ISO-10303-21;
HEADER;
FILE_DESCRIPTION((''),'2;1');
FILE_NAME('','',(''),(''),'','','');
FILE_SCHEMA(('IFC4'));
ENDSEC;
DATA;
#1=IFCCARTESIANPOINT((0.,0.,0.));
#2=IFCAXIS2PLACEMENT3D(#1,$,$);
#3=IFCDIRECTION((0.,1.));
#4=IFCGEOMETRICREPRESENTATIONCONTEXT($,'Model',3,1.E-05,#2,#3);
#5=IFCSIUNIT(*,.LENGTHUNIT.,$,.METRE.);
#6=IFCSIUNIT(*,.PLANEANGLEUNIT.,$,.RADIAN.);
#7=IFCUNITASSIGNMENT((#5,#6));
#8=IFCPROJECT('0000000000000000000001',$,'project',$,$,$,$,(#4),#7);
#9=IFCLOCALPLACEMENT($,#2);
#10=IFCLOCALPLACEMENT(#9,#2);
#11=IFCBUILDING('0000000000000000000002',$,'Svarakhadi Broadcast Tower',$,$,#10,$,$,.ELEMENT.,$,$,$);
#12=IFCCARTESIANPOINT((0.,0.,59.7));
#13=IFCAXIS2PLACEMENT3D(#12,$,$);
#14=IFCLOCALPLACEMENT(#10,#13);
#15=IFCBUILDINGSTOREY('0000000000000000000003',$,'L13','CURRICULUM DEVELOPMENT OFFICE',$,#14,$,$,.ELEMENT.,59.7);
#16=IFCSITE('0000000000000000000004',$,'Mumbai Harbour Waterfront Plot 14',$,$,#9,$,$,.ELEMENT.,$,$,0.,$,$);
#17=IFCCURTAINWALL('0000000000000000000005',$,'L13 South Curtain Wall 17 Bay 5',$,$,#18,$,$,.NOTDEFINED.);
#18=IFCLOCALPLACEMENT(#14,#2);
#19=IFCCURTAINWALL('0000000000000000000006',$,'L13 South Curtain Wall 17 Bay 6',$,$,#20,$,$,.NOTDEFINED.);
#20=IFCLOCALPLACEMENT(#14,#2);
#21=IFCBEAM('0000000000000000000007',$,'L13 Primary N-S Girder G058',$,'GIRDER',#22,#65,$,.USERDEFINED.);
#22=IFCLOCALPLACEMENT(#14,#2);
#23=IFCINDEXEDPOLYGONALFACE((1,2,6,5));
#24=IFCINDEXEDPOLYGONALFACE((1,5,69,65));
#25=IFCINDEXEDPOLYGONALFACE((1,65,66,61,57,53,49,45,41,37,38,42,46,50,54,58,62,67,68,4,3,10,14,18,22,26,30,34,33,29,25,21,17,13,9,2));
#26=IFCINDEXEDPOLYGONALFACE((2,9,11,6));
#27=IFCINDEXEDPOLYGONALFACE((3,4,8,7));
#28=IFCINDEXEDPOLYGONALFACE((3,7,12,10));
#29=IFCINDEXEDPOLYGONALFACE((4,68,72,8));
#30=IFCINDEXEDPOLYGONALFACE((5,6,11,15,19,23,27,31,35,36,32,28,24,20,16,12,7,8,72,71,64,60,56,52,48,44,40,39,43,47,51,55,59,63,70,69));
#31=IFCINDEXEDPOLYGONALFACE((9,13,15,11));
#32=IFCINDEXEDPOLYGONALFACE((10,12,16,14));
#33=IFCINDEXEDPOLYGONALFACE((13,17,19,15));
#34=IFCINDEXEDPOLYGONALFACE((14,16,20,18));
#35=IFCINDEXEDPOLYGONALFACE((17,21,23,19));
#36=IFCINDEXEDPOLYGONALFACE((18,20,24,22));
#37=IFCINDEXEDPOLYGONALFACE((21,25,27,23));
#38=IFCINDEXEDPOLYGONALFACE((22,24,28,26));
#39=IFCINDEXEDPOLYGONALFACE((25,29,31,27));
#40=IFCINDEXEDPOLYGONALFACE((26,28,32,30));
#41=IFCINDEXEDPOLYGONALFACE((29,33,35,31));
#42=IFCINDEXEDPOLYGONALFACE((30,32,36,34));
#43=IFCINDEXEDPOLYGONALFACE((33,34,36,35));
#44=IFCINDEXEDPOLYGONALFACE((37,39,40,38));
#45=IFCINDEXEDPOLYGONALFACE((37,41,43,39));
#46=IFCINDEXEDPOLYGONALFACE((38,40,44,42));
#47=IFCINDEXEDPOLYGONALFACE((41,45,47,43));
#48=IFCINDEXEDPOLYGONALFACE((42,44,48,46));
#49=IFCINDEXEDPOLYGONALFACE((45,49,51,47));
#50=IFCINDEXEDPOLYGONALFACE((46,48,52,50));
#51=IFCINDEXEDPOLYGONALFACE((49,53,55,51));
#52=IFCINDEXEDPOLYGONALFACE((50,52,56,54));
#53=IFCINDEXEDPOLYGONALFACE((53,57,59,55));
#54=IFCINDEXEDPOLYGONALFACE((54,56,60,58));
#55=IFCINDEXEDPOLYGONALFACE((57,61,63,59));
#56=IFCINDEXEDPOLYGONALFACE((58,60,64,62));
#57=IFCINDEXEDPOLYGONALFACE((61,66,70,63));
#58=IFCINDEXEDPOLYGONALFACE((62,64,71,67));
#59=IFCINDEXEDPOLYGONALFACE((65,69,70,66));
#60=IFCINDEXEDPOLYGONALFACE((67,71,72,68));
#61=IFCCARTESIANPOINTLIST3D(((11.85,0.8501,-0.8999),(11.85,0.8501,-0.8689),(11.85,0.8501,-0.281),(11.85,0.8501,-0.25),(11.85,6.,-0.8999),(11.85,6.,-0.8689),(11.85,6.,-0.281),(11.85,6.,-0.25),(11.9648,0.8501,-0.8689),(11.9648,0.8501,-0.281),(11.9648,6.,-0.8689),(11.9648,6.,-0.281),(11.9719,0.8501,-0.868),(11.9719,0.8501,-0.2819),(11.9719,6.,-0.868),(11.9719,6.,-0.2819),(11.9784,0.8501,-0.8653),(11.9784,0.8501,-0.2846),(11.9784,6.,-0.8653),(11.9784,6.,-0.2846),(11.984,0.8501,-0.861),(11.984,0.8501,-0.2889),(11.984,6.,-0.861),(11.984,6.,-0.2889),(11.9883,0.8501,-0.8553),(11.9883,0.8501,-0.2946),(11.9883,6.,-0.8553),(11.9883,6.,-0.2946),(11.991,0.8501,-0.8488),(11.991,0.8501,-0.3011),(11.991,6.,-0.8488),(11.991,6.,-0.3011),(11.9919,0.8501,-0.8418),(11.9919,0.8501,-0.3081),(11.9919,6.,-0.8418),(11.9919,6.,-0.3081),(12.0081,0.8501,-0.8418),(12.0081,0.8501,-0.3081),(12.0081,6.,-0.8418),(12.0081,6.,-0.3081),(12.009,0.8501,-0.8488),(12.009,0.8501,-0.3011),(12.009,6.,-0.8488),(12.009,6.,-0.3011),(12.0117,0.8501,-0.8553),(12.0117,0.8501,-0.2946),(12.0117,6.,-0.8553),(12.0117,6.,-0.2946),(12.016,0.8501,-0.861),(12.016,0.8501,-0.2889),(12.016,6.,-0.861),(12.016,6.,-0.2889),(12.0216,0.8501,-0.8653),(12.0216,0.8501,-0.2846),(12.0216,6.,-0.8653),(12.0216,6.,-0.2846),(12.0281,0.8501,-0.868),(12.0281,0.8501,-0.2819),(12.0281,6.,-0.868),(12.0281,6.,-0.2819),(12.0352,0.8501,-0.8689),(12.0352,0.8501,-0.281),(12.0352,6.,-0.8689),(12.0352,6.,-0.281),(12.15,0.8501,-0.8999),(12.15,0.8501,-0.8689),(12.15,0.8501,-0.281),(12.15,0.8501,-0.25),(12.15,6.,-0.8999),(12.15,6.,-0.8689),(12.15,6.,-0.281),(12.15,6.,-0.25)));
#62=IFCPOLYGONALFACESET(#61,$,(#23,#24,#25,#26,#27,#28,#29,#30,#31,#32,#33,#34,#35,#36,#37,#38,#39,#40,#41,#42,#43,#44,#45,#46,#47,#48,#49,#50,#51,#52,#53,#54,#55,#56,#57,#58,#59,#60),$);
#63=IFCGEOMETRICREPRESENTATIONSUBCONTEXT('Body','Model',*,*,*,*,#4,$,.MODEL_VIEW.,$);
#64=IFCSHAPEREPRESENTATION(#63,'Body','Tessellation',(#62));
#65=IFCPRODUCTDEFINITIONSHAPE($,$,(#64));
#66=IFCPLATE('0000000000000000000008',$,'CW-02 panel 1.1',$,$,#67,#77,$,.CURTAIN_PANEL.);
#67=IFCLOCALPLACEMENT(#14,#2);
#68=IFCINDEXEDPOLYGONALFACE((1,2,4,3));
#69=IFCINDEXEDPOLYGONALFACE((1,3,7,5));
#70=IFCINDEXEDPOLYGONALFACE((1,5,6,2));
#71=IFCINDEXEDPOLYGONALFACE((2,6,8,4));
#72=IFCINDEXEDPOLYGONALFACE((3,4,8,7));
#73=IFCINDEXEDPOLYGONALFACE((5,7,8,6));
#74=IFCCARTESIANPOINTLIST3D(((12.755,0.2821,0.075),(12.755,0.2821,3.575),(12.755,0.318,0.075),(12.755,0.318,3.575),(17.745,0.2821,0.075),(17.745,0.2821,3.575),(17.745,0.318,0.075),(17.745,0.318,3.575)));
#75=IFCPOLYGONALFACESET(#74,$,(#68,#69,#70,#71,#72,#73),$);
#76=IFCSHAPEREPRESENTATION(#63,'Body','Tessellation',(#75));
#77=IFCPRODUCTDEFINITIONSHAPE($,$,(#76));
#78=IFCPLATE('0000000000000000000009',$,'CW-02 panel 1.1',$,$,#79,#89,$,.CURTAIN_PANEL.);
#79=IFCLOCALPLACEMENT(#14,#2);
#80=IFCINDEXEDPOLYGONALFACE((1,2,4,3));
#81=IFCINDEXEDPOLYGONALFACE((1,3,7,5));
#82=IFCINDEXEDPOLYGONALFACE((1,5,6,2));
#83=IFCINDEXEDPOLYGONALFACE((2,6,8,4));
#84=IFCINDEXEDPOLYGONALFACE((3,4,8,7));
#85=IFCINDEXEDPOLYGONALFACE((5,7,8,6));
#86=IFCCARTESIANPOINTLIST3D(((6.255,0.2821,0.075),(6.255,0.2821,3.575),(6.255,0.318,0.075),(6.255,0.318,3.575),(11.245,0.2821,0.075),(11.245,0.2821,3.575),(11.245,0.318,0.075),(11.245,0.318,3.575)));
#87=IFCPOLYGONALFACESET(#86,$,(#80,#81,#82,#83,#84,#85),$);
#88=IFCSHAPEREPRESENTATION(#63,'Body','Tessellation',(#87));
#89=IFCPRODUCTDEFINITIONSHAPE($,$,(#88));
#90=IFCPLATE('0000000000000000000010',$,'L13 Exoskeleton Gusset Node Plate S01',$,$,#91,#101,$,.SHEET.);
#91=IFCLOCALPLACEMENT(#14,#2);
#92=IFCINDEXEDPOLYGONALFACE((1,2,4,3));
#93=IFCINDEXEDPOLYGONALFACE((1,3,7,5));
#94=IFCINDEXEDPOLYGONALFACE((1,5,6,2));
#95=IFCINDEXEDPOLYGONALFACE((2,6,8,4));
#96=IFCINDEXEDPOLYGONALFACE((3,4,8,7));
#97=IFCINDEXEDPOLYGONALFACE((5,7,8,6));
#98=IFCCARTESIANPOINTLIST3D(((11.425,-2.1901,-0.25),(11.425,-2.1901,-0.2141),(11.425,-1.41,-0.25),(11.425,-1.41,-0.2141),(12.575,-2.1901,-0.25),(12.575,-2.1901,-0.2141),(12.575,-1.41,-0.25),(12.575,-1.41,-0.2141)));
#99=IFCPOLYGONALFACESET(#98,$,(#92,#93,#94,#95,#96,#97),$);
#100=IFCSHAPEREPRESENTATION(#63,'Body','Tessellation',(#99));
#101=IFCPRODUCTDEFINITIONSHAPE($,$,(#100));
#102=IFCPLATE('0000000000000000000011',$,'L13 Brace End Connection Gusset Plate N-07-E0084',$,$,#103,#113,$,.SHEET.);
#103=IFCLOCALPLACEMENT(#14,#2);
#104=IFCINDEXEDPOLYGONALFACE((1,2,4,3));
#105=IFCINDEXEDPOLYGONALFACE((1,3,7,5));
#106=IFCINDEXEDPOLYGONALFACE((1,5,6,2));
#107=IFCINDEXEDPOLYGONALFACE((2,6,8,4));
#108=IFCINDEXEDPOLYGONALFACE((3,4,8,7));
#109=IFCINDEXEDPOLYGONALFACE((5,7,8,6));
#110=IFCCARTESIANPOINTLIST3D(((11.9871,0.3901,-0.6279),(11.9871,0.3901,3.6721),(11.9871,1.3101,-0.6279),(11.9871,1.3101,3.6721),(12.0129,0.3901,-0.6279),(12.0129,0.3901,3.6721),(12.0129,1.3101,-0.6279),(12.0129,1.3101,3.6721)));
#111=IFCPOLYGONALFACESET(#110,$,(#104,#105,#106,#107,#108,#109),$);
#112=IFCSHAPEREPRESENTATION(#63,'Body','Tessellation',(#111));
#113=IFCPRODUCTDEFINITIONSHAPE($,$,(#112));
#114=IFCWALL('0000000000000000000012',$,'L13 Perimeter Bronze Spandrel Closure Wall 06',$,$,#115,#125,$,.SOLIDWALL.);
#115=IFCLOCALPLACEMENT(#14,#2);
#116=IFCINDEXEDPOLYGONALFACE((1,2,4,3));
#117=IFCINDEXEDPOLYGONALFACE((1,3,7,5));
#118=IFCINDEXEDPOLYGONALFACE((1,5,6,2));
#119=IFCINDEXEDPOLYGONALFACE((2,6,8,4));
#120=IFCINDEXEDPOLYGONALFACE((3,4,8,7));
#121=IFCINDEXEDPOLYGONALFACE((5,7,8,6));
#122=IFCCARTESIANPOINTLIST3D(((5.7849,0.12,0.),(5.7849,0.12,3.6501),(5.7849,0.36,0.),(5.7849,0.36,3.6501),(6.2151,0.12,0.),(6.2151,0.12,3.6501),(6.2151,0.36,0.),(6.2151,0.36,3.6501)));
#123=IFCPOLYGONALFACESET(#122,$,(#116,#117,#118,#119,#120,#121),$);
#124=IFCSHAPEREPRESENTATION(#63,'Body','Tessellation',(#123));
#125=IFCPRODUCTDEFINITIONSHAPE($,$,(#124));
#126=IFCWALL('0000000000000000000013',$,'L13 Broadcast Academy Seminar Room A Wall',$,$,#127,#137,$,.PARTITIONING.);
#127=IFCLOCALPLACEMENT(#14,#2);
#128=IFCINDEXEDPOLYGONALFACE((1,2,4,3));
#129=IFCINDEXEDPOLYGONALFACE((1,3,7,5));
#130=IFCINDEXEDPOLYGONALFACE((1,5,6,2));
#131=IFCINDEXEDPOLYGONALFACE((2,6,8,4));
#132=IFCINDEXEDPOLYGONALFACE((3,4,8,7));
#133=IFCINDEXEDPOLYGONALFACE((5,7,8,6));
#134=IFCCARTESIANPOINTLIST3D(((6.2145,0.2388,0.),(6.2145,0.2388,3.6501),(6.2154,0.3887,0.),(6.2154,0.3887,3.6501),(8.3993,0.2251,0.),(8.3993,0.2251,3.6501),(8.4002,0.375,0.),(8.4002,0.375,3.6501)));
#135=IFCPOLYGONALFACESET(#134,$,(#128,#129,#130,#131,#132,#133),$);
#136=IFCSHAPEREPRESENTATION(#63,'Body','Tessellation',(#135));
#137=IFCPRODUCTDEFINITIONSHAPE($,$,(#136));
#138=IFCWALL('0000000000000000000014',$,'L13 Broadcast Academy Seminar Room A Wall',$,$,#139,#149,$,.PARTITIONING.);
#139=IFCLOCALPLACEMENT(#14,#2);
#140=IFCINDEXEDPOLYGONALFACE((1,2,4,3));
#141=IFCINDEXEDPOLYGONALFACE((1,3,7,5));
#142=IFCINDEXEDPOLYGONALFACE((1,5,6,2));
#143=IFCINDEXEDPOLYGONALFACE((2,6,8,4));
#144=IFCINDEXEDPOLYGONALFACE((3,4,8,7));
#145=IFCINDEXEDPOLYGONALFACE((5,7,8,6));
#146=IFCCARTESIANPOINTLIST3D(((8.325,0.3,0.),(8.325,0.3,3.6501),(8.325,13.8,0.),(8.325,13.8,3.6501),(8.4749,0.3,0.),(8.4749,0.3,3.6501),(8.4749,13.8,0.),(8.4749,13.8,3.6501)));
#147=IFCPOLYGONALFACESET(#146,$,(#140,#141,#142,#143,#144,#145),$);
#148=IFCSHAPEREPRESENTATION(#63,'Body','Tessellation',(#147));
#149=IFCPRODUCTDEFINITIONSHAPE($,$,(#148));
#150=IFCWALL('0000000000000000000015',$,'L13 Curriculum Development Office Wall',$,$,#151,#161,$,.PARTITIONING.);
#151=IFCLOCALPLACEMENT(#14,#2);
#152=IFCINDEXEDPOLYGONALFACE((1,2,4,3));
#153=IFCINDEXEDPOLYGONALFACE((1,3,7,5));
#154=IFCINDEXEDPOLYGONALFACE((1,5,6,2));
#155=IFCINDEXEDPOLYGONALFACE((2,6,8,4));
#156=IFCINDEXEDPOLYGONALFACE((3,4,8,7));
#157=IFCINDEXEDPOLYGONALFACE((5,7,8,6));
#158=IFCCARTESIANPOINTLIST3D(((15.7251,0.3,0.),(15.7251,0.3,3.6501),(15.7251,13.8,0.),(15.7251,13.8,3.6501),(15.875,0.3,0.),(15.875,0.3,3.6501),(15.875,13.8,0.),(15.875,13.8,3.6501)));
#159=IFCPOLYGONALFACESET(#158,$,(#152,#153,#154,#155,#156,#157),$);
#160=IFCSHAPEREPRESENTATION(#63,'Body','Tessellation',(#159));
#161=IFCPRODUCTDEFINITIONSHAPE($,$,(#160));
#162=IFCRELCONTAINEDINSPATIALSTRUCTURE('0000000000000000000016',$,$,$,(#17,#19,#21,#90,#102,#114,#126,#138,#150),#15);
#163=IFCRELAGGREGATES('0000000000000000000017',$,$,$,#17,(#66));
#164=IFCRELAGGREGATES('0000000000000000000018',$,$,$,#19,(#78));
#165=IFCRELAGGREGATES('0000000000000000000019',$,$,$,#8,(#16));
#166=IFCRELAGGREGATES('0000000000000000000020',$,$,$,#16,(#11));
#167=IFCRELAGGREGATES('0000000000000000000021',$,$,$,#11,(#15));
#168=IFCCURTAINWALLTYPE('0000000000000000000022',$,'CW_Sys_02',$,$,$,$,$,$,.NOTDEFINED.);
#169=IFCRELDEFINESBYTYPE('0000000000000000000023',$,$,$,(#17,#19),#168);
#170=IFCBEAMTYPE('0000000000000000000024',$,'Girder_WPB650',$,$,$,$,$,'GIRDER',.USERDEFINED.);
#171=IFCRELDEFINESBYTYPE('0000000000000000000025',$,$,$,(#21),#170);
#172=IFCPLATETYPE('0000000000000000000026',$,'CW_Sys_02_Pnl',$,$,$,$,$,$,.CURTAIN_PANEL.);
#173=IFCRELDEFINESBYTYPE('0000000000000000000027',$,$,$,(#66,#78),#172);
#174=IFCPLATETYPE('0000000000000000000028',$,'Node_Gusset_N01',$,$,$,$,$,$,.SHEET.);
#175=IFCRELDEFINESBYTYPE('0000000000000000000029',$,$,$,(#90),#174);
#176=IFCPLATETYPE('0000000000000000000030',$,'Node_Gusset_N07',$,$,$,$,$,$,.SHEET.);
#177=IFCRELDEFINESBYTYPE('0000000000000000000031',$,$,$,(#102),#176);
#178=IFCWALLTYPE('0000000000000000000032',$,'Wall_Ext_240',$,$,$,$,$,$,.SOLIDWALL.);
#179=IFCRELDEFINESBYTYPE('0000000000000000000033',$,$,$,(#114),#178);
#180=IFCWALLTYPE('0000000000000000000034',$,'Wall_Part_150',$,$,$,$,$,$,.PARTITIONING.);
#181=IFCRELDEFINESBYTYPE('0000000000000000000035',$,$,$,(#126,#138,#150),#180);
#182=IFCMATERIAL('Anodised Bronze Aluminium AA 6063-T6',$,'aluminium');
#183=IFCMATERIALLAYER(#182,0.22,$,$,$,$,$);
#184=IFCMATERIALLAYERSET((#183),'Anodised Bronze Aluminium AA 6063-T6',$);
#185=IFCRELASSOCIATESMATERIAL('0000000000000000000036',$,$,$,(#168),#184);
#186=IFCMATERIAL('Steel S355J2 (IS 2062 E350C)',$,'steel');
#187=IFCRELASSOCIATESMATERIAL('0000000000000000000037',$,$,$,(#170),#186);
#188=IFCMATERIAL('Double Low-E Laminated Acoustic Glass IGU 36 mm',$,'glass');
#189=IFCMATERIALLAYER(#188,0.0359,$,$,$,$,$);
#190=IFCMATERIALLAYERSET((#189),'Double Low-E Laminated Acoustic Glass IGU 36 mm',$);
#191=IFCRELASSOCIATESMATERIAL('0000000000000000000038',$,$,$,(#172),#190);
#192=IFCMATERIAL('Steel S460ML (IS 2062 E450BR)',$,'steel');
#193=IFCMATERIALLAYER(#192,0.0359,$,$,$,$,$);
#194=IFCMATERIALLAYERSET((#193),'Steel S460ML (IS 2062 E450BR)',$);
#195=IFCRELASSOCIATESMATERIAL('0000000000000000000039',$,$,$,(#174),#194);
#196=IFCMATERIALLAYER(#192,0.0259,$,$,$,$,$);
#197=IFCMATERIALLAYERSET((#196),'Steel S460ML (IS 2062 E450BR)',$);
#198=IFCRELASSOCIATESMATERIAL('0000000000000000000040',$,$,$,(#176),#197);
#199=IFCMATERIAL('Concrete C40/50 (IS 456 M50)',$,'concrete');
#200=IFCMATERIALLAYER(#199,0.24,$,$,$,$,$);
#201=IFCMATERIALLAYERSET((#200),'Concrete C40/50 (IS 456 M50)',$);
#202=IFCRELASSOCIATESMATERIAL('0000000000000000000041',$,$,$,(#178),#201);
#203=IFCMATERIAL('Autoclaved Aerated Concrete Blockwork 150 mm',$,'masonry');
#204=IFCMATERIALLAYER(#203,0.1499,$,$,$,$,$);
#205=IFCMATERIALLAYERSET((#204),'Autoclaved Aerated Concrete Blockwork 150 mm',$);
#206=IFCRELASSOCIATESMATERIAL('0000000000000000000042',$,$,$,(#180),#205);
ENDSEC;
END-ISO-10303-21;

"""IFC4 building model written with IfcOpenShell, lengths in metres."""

from ifc_helpers import new_model, si_unit, direction, frame, frame_2d, origin, origin_2d, place, context, subcontext, project, spatial, rectangle, i_section, extrude, material, layer, layer_set, material_profile, profile_set, type_object, element, aggregate, save


model = new_model("IFC4")

# Units and contexts
model_context = context("Model", 3, precision=1e-05, world=origin(), true_north=direction((0.0, 1.0)))
body_context = subcontext(model_context, "Body", "Model", "MODEL_VIEW")
ifc_project = project(units=[si_unit("LENGTHUNIT", "METRE"), si_unit("PLANEANGLEUNIT", "RADIAN")], contexts=[model_context])

# Site, building, storey
site_placement = place(None, origin())
site = spatial("IfcSite", under=ifc_project, at=site_placement, Name="Mumbai Harbour Waterfront Plot 14", CompositionType="ELEMENT", RefElevation=0.0)
building_placement = place(site_placement, origin())
building = spatial("IfcBuilding", under=site, at=building_placement, Name="Svarakhadi Broadcast Tower", CompositionType="ELEMENT")
storey_placement = place(building_placement, frame((0.0, 0.0, 59.7)))
storey = spatial("IfcBuildingStorey", under=building, at=storey_placement, Name="L13", Description="CURRICULUM DEVELOPMENT OFFICE", CompositionType="ELEMENT", Elevation=59.7)

# Shared definitions
ifc_material_1 = material(Name="Steel S460ML (IS 2062 E450BR)", Category="steel")

# Shared definitions
ifc_material_2 = material(Name="Steel S355J2 (IS 2062 E350C)", Category="steel")

# Curtain walls
ifc_material_3 = material(Name="Anodised Bronze Aluminium AA 6063-T6", Category="aluminium")
ifc_layer_1 = layer(ifc_material_3, 0.22)
ifc_layer_set_1 = layer_set([ifc_layer_1], Name="Anodised Bronze Aluminium AA 6063-T6")
curtain_wall_type = type_object("IfcCurtainWallType", Name="CW_Sys_02", PredefinedType="NOTDEFINED", material=ifc_layer_set_1)
curtain_wall_1_placement = place(storey_placement, origin())
curtain_wall_1 = element("IfcCurtainWall", 1, at=curtain_wall_1_placement, inside=storey, type_object=curtain_wall_type, Name="L13 South Curtain Wall 17 Bay 5", PredefinedType="NOTDEFINED")
curtain_wall_2_placement = place(storey_placement, origin())
curtain_wall_2 = element("IfcCurtainWall", 2, at=curtain_wall_2_placement, inside=storey, type_object=curtain_wall_type, Name="L13 South Curtain Wall 17 Bay 6", PredefinedType="NOTDEFINED")

# Beam
ifc_material_profile_1 = material_profile(ifc_material_2, i_section(OverallWidth=0.3, OverallDepth=0.6499, WebThickness=0.0161, FlangeThickness=0.031, FilletRadius=0.0271, at=origin_2d()), Name="WPB 650x300x225")
ifc_profile_set_1 = profile_set([ifc_material_profile_1], Name="Steel S355J2 (IS 2062 E350C)")
beam_type_1 = type_object("IfcBeamType", Name="Girder_WPB650", ElementType="GIRDER", PredefinedType="USERDEFINED", material=ifc_profile_set_1)
beam_1_placement = place(storey_placement, frame((12.0, 0.8501, -0.575), z_axis=(0.0, 1.0, 0.0), x_axis=(-1.0, 0.0, 0.0)))
element("IfcBeam", 3, at=beam_1_placement, inside=storey, type_object=beam_type_1, Name="L13 Primary N-S Girder G058", ObjectType="GIRDER", PredefinedType="USERDEFINED", context=body_context, shape_type="SweptSolid", body=[
    extrude(i_section(OverallWidth=0.3, OverallDepth=0.6499, WebThickness=0.0161, FlangeThickness=0.031, FilletRadius=0.0271, at=origin_2d()), origin(), (0.0, 0.0, 1.0), 5.1499),
])

# Plates
ifc_material_4 = material(Name="Double Low-E Laminated Acoustic Glass IGU 36 mm", Category="glass")
ifc_layer_2 = layer(ifc_material_4, 0.0359)
ifc_layer_set_2 = layer_set([ifc_layer_2], Name="Double Low-E Laminated Acoustic Glass IGU 36 mm")
plate_type_1 = type_object("IfcPlateType", Name="CW_Sys_02_Pnl", PredefinedType="CURTAIN_PANEL", material=ifc_layer_set_2)
plate_1_placement = place(storey_placement, frame((15.25, 0.3, 0.075), z_axis=(0.0, 0.0, 1.0), x_axis=(-1.0, 0.0, 0.0)))
plate_1 = element("IfcPlate", 4, at=plate_1_placement, type_object=plate_type_1, Name="CW-02 panel 1.1", PredefinedType="CURTAIN_PANEL", context=body_context, shape_type="SweptSolid", body=[
    extrude(rectangle(XDim=4.99, YDim=0.0359, at=origin_2d()), origin(), (0.0, 0.0, 1.0), 3.5),
])
aggregate(curtain_wall_1, [plate_1])
plate_2_placement = place(storey_placement, frame((8.75, 0.3, 0.075), z_axis=(0.0, 0.0, 1.0), x_axis=(-1.0, 0.0, 0.0)))
plate_2 = element("IfcPlate", 5, at=plate_2_placement, type_object=plate_type_1, Name="CW-02 panel 1.1", PredefinedType="CURTAIN_PANEL", context=body_context, shape_type="SweptSolid", body=[
    extrude(rectangle(XDim=4.99, YDim=0.0359, at=origin_2d()), origin(), (0.0, 0.0, 1.0), 3.5),
])
aggregate(curtain_wall_2, [plate_2])

# Plates
ifc_layer_3 = layer(ifc_material_1, 0.0359)
ifc_layer_set_3 = layer_set([ifc_layer_3], Name="Steel S460ML (IS 2062 E450BR)")
plate_type_2 = type_object("IfcPlateType", Name="Node_Gusset_N01", PredefinedType="SHEET", material=ifc_layer_set_3)
plate_3_placement = place(storey_placement, frame((12.0, -1.8, -0.25), z_axis=(0.0, 0.0, 1.0), x_axis=(1.0, 0.0, 0.0)))
element("IfcPlate", 6, at=plate_3_placement, inside=storey, type_object=plate_type_2, Name="L13 Exoskeleton Gusset Node Plate S01", PredefinedType="SHEET", context=body_context, shape_type="SweptSolid", body=[
    extrude(rectangle(XDim=1.1499, YDim=0.78, at=origin_2d()), origin(), (0.0, 0.0, 1.0), 0.0359),
])
ifc_layer_4 = layer(ifc_material_1, 0.0259)
ifc_layer_set_4 = layer_set([ifc_layer_4], Name="Steel S460ML (IS 2062 E450BR)")
plate_type_3 = type_object("IfcPlateType", Name="Node_Gusset_N07", PredefinedType="SHEET", material=ifc_layer_set_4)
plate_4_placement = place(storey_placement, frame((12.0, 0.8501, -0.6279), z_axis=(0.0, 0.0, 1.0), x_axis=(0.0, 1.0, 0.0)))
element("IfcPlate", 7, at=plate_4_placement, inside=storey, type_object=plate_type_3, Name="L13 Brace End Connection Gusset Plate N-07-E0084", PredefinedType="SHEET", context=body_context, shape_type="SweptSolid", body=[
    extrude(rectangle(XDim=0.9199, YDim=0.0259, at=origin_2d()), origin(), (0.0, 0.0, 1.0), 4.3),
])

# Walls
ifc_material_5 = material(Name="Concrete C40/50 (IS 456 M50)", Category="concrete")
ifc_layer_5 = layer(ifc_material_5, 0.24)
ifc_layer_set_5 = layer_set([ifc_layer_5], Name="Concrete C40/50 (IS 456 M50)")
wall_type_1 = type_object("IfcWallType", Name="Wall_Ext_240", PredefinedType="SOLIDWALL", material=ifc_layer_set_5)
wall_1_placement = place(storey_placement, frame((6.2151, 0.24, 0.0), z_axis=(0.0, 0.0, 1.0), x_axis=(-1.0, 0.0, 0.0)))
element("IfcWall", 8, at=wall_1_placement, inside=storey, type_object=wall_type_1, Name="L13 Perimeter Bronze Spandrel Closure Wall 06", PredefinedType="SOLIDWALL", context=body_context, shape_type="SweptSolid", body=[
    extrude(rectangle(XDim=0.4302, YDim=0.24, at=frame_2d((0.2151, 0.0))), origin(), (0.0, 0.0, 1.0), 3.6501),
])
ifc_material_6 = material(Name="Autoclaved Aerated Concrete Blockwork 150 mm", Category="masonry")
ifc_layer_6 = layer(ifc_material_6, 0.1499)
ifc_layer_set_6 = layer_set([ifc_layer_6], Name="Autoclaved Aerated Concrete Blockwork 150 mm")
wall_type_2 = type_object("IfcWallType", Name="Wall_Part_150", PredefinedType="PARTITIONING", material=ifc_layer_set_6)
wall_2_placement = place(storey_placement, frame((6.2151, 0.3137, 0.0), z_axis=(0.0, 0.0, 1.0), x_axis=(0.99998, -0.006258, 0.0)))
element("IfcWall", 9, at=wall_2_placement, inside=storey, type_object=wall_type_2, Name="L13 Broadcast Academy Seminar Room A Wall", PredefinedType="PARTITIONING", context=body_context, shape_type="SweptSolid", body=[
    extrude(rectangle(XDim=2.1848, YDim=0.1499, at=frame_2d((1.0923, 0.0))), origin(), (0.0, 0.0, 1.0), 3.6501),
])
for number, where, z_axis, x_axis, name in (
    (10, (8.3999, 0.3, 0.0), (0.0, 0.0, 1.0), (0.0, 1.0, 0.0), "L13 Broadcast Academy Seminar Room A Wall"),
    (11, (15.8, 0.3, 0.0), (0.0, 0.0, 1.0), (0.0, 1.0, 0.0), "L13 Curriculum Development Office Wall"),
):
    element("IfcWall", number, at=place(storey_placement, frame(where, z_axis=z_axis, x_axis=x_axis)), inside=storey, type_object=wall_type_2, Name=name, PredefinedType="PARTITIONING", context=body_context, shape_type="SweptSolid", body=[
        extrude(rectangle(XDim=13.5, YDim=0.1499, at=frame_2d((6.75, 0.0))), origin(), (0.0, 0.0, 1.0), 3.6501),
    ])

save(model, "model.ifc")
